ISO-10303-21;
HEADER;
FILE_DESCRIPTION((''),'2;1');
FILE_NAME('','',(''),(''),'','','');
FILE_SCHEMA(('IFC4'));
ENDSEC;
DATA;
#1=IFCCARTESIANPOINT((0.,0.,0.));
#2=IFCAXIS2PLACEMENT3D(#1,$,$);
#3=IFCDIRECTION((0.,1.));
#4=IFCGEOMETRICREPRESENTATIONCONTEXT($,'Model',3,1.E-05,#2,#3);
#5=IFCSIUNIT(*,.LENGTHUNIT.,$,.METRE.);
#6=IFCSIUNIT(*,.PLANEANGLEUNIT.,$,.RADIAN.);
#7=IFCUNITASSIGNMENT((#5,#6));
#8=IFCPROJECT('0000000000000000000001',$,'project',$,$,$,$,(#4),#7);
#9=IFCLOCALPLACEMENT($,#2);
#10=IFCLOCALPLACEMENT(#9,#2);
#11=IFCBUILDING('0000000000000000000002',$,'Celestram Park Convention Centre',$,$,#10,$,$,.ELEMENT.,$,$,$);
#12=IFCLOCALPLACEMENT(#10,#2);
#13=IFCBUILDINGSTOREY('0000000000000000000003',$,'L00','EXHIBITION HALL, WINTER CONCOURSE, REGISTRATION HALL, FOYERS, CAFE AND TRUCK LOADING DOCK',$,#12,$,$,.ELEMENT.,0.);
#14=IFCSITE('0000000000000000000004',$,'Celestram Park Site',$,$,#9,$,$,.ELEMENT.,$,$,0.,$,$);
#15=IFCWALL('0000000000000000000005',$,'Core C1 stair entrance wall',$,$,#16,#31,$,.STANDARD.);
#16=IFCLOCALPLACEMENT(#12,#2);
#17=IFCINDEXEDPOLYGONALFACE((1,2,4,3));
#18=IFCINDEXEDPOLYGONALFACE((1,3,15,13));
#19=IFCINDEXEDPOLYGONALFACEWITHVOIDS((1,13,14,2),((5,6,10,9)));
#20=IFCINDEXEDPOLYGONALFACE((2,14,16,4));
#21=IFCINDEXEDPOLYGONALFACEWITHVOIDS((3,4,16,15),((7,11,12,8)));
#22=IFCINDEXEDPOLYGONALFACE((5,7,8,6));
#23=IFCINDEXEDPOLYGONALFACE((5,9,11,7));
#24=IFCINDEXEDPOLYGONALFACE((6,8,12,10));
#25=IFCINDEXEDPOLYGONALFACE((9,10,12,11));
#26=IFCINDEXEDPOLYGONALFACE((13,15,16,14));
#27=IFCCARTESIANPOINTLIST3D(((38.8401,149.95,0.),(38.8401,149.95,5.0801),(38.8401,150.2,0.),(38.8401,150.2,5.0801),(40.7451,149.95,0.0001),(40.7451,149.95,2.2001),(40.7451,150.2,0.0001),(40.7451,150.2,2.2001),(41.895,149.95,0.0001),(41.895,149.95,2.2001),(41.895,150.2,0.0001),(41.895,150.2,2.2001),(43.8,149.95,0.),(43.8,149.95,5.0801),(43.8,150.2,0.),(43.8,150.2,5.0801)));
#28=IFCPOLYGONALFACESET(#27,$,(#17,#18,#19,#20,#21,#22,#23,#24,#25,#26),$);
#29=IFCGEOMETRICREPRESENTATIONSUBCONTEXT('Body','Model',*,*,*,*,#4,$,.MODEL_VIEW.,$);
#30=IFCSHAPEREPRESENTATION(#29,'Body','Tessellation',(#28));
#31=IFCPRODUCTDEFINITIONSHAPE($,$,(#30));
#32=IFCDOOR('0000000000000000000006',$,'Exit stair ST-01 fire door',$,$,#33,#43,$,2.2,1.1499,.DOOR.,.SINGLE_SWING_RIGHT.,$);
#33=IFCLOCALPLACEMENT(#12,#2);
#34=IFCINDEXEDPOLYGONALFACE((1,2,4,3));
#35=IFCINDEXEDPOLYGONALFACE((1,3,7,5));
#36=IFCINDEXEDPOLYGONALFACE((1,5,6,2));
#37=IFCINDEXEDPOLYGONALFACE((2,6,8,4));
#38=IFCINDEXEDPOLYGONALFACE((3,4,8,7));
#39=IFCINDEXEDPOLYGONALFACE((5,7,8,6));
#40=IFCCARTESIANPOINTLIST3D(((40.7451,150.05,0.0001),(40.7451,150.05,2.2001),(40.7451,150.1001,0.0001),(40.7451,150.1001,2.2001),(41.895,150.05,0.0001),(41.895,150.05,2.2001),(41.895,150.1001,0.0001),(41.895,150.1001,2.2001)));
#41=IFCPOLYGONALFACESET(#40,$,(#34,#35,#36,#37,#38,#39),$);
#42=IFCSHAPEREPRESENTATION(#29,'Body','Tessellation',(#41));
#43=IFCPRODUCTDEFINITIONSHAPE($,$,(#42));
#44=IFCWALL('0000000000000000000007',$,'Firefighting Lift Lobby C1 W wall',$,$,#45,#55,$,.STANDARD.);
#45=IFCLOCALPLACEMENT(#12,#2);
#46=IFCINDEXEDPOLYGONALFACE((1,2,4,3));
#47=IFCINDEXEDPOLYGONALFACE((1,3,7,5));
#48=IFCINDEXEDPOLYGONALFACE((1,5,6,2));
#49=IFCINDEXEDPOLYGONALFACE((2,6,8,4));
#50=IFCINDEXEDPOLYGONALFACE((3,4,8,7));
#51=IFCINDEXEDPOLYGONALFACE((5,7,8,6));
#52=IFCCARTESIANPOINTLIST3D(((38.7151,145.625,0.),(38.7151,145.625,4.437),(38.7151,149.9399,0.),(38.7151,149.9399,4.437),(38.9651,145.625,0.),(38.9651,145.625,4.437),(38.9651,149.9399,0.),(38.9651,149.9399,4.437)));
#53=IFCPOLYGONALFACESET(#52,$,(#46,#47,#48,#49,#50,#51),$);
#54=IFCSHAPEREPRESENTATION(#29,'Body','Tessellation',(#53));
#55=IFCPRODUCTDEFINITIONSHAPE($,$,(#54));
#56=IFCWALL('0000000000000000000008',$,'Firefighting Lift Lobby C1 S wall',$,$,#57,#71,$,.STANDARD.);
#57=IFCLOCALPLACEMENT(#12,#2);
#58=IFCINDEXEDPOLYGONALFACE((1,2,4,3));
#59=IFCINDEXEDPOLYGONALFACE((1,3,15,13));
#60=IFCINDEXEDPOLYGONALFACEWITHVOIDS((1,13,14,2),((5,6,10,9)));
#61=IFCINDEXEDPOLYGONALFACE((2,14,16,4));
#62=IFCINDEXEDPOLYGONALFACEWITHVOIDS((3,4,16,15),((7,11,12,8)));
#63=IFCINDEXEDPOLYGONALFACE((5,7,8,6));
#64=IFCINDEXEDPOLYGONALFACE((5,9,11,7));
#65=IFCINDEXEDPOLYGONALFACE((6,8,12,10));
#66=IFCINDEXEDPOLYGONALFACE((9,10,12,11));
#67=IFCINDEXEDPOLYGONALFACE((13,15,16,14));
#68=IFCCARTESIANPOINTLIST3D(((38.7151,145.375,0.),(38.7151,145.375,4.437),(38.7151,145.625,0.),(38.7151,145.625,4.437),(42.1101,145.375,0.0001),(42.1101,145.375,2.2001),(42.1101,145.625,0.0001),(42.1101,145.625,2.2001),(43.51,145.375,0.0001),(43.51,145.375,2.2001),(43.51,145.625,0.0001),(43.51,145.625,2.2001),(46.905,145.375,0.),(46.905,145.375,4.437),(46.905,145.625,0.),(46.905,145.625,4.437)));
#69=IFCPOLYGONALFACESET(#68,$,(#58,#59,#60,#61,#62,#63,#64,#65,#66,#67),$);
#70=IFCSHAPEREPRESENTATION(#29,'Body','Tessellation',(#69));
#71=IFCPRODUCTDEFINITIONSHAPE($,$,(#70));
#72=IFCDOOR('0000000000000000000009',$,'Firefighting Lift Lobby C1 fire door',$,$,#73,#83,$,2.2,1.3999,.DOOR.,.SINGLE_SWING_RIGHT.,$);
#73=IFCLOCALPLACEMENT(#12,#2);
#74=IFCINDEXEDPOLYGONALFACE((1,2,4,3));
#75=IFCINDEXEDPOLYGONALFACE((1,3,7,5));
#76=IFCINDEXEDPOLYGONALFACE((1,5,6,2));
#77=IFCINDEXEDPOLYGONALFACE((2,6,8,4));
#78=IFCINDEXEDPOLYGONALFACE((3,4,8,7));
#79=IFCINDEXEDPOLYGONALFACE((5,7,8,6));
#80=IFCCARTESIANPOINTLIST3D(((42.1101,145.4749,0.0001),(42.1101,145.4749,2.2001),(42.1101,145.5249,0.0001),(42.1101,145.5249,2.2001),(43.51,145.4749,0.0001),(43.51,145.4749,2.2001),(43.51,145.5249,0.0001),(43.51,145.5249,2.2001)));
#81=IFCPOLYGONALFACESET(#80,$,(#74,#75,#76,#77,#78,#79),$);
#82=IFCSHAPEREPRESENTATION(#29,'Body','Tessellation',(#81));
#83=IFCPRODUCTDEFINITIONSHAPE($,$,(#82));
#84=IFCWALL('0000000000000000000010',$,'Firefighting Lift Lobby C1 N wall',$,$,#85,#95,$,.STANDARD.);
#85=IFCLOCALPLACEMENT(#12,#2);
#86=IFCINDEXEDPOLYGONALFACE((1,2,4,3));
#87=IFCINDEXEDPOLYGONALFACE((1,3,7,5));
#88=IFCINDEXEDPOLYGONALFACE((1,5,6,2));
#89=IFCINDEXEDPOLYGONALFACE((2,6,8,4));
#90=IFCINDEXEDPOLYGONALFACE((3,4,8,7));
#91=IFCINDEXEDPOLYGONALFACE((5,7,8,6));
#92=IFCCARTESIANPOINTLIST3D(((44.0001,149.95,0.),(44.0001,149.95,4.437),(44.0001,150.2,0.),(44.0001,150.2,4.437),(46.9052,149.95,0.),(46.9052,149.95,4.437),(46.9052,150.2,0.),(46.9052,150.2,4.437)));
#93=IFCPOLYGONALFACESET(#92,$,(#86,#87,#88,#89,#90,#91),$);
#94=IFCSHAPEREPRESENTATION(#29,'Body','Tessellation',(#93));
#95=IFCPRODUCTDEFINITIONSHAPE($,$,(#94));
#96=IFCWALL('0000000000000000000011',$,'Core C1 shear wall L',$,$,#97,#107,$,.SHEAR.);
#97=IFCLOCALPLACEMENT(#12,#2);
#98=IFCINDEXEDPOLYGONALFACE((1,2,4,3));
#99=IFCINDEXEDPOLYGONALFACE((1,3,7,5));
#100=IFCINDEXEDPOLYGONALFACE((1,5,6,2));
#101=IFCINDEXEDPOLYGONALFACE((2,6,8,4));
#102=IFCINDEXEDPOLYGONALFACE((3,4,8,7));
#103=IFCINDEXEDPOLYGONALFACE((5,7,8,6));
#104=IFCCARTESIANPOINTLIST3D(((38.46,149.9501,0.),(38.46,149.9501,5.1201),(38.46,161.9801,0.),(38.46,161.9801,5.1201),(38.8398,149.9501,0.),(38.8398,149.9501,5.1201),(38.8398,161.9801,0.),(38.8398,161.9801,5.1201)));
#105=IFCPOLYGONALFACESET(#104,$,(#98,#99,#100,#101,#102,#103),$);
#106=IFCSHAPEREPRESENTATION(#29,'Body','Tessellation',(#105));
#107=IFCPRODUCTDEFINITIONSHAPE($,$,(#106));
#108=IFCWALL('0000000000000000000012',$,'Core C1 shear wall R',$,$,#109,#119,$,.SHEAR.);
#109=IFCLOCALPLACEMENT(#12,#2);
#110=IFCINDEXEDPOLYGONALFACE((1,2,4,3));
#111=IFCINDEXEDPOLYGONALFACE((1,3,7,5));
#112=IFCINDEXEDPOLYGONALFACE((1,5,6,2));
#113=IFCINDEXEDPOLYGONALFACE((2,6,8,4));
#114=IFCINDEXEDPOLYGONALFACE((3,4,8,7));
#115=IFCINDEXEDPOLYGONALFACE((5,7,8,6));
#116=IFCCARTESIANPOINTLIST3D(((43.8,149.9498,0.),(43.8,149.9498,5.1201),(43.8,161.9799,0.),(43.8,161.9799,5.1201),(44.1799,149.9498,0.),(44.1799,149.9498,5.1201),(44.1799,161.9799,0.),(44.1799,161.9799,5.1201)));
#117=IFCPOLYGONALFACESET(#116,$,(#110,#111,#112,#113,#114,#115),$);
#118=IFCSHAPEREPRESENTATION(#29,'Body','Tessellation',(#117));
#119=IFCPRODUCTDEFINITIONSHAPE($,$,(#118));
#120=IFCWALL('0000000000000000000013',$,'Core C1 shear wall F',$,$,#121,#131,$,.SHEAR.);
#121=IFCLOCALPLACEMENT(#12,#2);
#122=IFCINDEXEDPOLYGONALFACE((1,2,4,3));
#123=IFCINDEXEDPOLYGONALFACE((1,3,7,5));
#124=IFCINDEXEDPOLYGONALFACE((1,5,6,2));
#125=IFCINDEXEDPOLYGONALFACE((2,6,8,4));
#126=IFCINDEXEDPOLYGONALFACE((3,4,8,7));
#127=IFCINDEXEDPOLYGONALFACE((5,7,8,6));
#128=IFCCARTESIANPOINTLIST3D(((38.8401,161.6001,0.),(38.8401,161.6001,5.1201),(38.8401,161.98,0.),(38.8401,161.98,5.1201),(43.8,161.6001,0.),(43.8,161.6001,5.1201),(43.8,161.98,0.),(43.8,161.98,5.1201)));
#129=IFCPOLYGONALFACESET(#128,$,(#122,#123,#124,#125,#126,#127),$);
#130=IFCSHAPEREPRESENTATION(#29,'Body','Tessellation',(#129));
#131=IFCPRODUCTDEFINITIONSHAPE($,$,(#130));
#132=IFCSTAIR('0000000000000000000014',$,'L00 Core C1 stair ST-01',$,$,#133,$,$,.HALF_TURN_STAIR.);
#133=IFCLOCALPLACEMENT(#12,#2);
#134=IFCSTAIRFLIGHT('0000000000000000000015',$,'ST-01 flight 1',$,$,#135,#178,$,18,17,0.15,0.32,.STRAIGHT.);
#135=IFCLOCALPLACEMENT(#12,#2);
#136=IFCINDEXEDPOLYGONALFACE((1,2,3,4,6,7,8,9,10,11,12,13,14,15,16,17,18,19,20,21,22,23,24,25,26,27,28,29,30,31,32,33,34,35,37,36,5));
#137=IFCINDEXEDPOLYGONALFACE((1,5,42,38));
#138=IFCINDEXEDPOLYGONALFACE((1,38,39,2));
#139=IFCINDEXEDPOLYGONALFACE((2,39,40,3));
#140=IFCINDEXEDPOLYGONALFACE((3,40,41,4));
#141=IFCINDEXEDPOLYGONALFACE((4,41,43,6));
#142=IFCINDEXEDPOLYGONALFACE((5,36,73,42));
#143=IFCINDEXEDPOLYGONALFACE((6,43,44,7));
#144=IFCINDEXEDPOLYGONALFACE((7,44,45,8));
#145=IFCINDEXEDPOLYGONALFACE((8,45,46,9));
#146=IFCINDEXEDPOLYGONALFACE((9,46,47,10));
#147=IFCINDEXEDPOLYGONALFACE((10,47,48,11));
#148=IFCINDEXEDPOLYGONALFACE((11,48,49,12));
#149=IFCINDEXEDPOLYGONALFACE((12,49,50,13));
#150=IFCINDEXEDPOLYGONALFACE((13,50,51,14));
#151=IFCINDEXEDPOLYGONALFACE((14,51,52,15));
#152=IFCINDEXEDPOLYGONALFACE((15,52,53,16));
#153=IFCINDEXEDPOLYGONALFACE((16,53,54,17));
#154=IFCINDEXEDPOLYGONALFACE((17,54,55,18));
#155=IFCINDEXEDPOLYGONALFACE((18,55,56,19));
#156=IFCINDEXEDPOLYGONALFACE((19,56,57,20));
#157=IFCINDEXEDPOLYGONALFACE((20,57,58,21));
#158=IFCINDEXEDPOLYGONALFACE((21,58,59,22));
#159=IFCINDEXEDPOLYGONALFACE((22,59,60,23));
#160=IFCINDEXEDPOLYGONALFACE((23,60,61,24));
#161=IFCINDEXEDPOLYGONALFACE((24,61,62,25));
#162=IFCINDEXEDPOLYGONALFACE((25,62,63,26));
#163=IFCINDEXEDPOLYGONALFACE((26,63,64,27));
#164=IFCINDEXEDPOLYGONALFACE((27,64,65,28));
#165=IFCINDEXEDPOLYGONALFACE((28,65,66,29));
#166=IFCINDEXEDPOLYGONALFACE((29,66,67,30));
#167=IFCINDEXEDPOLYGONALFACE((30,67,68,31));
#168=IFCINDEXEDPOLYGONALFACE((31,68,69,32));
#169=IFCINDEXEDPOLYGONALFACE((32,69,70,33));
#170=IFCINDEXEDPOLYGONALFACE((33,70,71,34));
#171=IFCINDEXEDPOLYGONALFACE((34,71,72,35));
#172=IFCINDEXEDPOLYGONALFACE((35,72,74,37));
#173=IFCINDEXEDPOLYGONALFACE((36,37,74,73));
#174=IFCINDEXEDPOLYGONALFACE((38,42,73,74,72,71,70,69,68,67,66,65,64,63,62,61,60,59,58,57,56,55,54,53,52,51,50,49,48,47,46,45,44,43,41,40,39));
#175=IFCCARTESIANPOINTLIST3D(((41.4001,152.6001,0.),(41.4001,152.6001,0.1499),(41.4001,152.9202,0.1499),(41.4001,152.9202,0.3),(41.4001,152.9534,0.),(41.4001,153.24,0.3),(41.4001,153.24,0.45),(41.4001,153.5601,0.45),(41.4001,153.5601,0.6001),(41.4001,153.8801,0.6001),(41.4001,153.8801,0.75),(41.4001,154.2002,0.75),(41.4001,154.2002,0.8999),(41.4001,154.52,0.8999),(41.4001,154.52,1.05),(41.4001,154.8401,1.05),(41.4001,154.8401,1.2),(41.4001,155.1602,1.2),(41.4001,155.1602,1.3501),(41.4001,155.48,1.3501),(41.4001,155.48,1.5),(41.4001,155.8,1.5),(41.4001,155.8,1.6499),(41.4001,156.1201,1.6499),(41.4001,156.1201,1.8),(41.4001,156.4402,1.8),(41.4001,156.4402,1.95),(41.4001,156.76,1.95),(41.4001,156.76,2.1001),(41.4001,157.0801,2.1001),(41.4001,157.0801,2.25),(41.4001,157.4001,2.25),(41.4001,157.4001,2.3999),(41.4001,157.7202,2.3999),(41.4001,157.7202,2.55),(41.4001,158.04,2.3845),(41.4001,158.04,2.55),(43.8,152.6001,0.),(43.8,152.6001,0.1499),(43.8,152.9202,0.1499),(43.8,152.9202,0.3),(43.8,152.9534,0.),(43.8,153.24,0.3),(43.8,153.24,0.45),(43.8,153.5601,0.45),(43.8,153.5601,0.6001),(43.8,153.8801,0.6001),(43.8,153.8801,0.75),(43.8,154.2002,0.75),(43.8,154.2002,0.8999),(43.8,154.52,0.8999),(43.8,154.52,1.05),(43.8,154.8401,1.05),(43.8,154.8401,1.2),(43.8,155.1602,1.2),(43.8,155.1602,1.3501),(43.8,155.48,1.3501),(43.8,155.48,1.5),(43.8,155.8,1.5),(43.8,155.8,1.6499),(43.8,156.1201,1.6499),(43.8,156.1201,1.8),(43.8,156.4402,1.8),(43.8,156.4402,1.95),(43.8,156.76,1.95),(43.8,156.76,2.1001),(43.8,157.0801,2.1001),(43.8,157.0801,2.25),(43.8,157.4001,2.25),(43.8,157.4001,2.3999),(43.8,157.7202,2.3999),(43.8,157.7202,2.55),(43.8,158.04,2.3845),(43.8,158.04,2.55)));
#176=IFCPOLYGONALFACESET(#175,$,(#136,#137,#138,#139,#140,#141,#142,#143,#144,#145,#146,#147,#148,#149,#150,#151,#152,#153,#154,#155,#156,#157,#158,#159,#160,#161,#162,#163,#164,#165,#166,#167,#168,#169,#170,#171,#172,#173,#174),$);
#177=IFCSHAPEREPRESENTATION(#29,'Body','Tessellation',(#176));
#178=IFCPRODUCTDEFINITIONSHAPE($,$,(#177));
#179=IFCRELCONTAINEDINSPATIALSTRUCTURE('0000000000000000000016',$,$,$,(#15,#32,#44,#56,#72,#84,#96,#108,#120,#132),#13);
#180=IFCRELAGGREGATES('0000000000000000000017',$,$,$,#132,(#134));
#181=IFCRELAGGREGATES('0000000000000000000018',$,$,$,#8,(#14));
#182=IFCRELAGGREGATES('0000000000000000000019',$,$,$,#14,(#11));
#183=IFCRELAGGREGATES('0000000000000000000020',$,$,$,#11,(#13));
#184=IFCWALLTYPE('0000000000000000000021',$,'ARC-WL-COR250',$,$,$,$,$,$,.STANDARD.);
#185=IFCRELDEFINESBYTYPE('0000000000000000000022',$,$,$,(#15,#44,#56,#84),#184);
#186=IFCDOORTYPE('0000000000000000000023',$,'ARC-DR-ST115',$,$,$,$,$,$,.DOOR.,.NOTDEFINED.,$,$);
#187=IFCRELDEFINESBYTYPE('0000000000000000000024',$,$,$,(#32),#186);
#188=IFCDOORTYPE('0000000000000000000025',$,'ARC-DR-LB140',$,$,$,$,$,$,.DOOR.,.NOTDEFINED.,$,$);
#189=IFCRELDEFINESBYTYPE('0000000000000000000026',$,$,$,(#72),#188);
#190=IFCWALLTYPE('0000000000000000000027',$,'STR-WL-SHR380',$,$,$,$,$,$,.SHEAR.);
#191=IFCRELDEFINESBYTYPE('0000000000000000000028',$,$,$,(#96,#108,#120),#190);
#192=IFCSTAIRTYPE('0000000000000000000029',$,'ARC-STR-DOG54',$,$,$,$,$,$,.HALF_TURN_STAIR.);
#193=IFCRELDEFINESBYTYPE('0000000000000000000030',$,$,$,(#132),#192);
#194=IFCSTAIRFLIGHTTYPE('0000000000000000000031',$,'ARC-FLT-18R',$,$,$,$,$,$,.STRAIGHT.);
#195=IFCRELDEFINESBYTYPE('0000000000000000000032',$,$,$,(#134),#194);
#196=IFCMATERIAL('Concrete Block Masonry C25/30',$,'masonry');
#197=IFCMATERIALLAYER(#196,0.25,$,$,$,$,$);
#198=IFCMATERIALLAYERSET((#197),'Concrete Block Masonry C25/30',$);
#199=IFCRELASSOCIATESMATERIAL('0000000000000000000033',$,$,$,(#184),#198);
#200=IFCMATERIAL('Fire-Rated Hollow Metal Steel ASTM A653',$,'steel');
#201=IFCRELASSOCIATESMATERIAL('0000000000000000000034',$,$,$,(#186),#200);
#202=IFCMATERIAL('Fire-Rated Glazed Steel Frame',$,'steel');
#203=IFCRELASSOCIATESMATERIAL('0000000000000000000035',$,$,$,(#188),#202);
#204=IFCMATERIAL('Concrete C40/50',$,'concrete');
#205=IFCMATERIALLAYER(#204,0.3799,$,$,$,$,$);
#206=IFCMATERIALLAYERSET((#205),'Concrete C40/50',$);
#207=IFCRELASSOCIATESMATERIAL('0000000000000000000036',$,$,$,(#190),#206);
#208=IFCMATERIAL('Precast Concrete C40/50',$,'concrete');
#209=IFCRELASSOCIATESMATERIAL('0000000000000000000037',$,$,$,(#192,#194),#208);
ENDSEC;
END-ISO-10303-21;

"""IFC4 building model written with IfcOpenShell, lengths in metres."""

from ifc_helpers import new_model, si_unit, direction, frame, frame_2d, origin, place, context, subcontext, project, spatial, polyline, rectangle, outline, extrude, material, layer, layer_set, type_object, element, fill, aggregate, save


model = new_model("IFC4")

# Units and contexts
model_context = context("Model", 3, precision=1e-05, world=origin(), true_north=direction((0.0, 1.0)))
body_context = subcontext(model_context, "Body", "Model", "MODEL_VIEW")
ifc_project = project(units=[si_unit("LENGTHUNIT", "METRE"), si_unit("PLANEANGLEUNIT", "RADIAN")], contexts=[model_context])

# Site, building, storey
site_placement = place(None, origin())
site = spatial("IfcSite", under=ifc_project, at=site_placement, Name="Celestram Park Site", CompositionType="ELEMENT", RefElevation=0.0)
building_placement = place(site_placement, origin())
building = spatial("IfcBuilding", under=site, at=building_placement, Name="Celestram Park Convention Centre", CompositionType="ELEMENT")
storey_placement = place(building_placement, origin())
storey = spatial("IfcBuildingStorey", under=building, at=storey_placement, Name="L00", Description="EXHIBITION HALL, WINTER CONCOURSE, REGISTRATION HALL, FOYERS, CAFE AND TRUCK LOADING DOCK", CompositionType="ELEMENT", Elevation=0.0)

# Shared definitions
ifc_material_1 = material(Name="Concrete C40/50", Category="concrete")

# Wall, opening, door
ifc_material_2 = material(Name="Concrete Block Masonry C25/30", Category="masonry")
ifc_layer_1 = layer(ifc_material_2, 0.25)
ifc_layer_set_1 = layer_set([ifc_layer_1], Name="Concrete Block Masonry C25/30")
wall_type_1 = type_object("IfcWallType", Name="ARC-WL-COR250", PredefinedType="STANDARD", material=ifc_layer_set_1)
wall_1_placement = place(storey_placement, frame((43.8, 150.075, 0.0), z_axis=(0.0, 0.0, 1.0), x_axis=(-1.0, 0.0, 0.0)))
wall_1 = element("IfcWall", 1, at=wall_1_placement, inside=storey, type_object=wall_type_1, Name="Core C1 stair entrance wall", PredefinedType="STANDARD", context=body_context, shape_type="SweptSolid", body=[
    extrude(rectangle(XDim=4.96, YDim=0.25, at=frame_2d((2.48, 0.0))), origin(), (0.0, 0.0, 1.0), 5.0801),
])
opening_1_placement = place(wall_1_placement, frame((1.905, 0.0, 0.0)))
opening_1 = element("IfcOpeningElement", 2, at=opening_1_placement, cuts=wall_1, PredefinedType="OPENING", context=body_context, shape_type="SweptSolid", body=[
    extrude(rectangle(XDim=1.1499, YDim=2.2, at=frame_2d((0.575, 1.1001))), frame((0.0, 0.135, 0.0), z_axis=(0.0, -1.0, 0.0), x_axis=(1.0, 0.0, 0.0)), (0.0, 0.0, 1.0), 0.27),
])
ifc_material_3 = material(Name="Fire-Rated Hollow Metal Steel ASTM A653", Category="steel")
door_type_1 = type_object("IfcDoorType", Name="ARC-DR-ST115", OperationType="NOTDEFINED", PredefinedType="DOOR", material=ifc_material_3)
door_1_placement = place(opening_1_placement, origin())
door_1 = element("IfcDoor", 3, at=door_1_placement, inside=storey, type_object=door_type_1, Name="Exit stair ST-01 fire door", OperationType="SINGLE_SWING_RIGHT", OverallHeight=2.2, OverallWidth=1.1499, PredefinedType="DOOR", context=body_context, shape_type="SweptSolid", body=[
    extrude(rectangle(XDim=1.1499, YDim=2.2, at=frame_2d((0.575, 1.1001))), frame((0.0, 0.0249, 0.0), z_axis=(0.0, -1.0, 0.0), x_axis=(1.0, 0.0, 0.0)), (0.0, 0.0, 1.0), 0.05),
])
fill(opening_1, door_1)

# Wall
wall_2_placement = place(storey_placement, frame((38.8401, 149.9399, 0.0), z_axis=(0.0, 0.0, 1.0), x_axis=(0.0, -1.0, 0.0)))
element("IfcWall", 4, at=wall_2_placement, inside=storey, type_object=wall_type_1, Name="Firefighting Lift Lobby C1 W wall", PredefinedType="STANDARD", context=body_context, shape_type="SweptSolid", body=[
    extrude(rectangle(XDim=4.3149, YDim=0.25, at=frame_2d((2.1575, 0.0))), origin(), (0.0, 0.0, 1.0), 4.437),
])

# Wall, opening, door
wall_3_placement = place(storey_placement, frame((38.7151, 145.5, 0.0), z_axis=(0.0, 0.0, 1.0), x_axis=(1.0, 0.0, 0.0)))
wall_3 = element("IfcWall", 5, at=wall_3_placement, inside=storey, type_object=wall_type_1, Name="Firefighting Lift Lobby C1 S wall", PredefinedType="STANDARD", context=body_context, shape_type="SweptSolid", body=[
    extrude(rectangle(XDim=8.1899, YDim=0.25, at=frame_2d((4.095, 0.0))), origin(), (0.0, 0.0, 1.0), 4.437),
])
opening_2_placement = place(wall_3_placement, frame((3.395, 0.0, 0.0)))
opening_2 = element("IfcOpeningElement", 6, at=opening_2_placement, cuts=wall_3, PredefinedType="OPENING", context=body_context, shape_type="SweptSolid", body=[
    extrude(rectangle(XDim=1.3999, YDim=2.2, at=frame_2d((0.7, 1.1001))), frame((0.0, 0.135, 0.0), z_axis=(0.0, -1.0, 0.0), x_axis=(1.0, 0.0, 0.0)), (0.0, 0.0, 1.0), 0.27),
])
ifc_material_4 = material(Name="Fire-Rated Glazed Steel Frame", Category="steel")
door_type_2 = type_object("IfcDoorType", Name="ARC-DR-LB140", OperationType="NOTDEFINED", PredefinedType="DOOR", material=ifc_material_4)
door_2_placement = place(opening_2_placement, origin())
door_2 = element("IfcDoor", 7, at=door_2_placement, inside=storey, type_object=door_type_2, Name="Firefighting Lift Lobby C1 fire door", OperationType="SINGLE_SWING_RIGHT", OverallHeight=2.2, OverallWidth=1.3999, PredefinedType="DOOR", context=body_context, shape_type="SweptSolid", body=[
    extrude(rectangle(XDim=1.3999, YDim=2.2, at=frame_2d((0.7, 1.1001))), frame((0.0, 0.0249, 0.0), z_axis=(0.0, -1.0, 0.0), x_axis=(1.0, 0.0, 0.0)), (0.0, 0.0, 1.0), 0.05),
])
fill(opening_2, door_2)

# Wall
wall_4_placement = place(storey_placement, frame((44.0, 150.075, 0.0), z_axis=(0.0, 0.0, 1.0), x_axis=(1.0, 0.0, 0.0)))
element("IfcWall", 8, at=wall_4_placement, inside=storey, type_object=wall_type_1, Name="Firefighting Lift Lobby C1 N wall", PredefinedType="STANDARD", context=body_context, shape_type="SweptSolid", body=[
    extrude(rectangle(XDim=2.905, YDim=0.25, at=frame_2d((1.4526, 0.0))), origin(), (0.0, 0.0, 1.0), 4.437),
])

# Shared definitions
ifc_material_5 = material(Name="Precast Concrete C40/50", Category="concrete")

# Walls
ifc_layer_2 = layer(ifc_material_1, 0.3799)
ifc_layer_set_2 = layer_set([ifc_layer_2], Name="Concrete C40/50")
wall_type_2 = type_object("IfcWallType", Name="STR-WL-SHR380", PredefinedType="SHEAR", material=ifc_layer_set_2)
for number, where, z_axis, x_axis, name in (
    (9, (38.6499, 149.95, 0.0), (0.0, 0.0, 1.0), (0.0, 1.0, 0.0), "Core C1 shear wall L"),
    (10, (43.99, 161.98, 0.0), (0.0, 0.0, 1.0), (0.0, -1.0, 0.0), "Core C1 shear wall R"),
):
    element("IfcWall", number, at=place(storey_placement, frame(where, z_axis=z_axis, x_axis=x_axis)), inside=storey, type_object=wall_type_2, Name=name, PredefinedType="SHEAR", context=body_context, shape_type="SweptSolid", body=[
        extrude(rectangle(XDim=12.03, YDim=0.3799, at=frame_2d((6.0151, 0.0))), origin(), (0.0, 0.0, 1.0), 5.1201),
    ])
wall_5_placement = place(storey_placement, frame((38.8401, 161.79, 0.0), z_axis=(0.0, 0.0, 1.0), x_axis=(1.0, 0.0, 0.0)))
element("IfcWall", 11, at=wall_5_placement, inside=storey, type_object=wall_type_2, Name="Core C1 shear wall F", PredefinedType="SHEAR", context=body_context, shape_type="SweptSolid", body=[
    extrude(rectangle(XDim=4.96, YDim=0.3799, at=frame_2d((2.48, 0.0))), origin(), (0.0, 0.0, 1.0), 5.1201),
])

# Stair, stair flight
stair_type = type_object("IfcStairType", Name="ARC-STR-DOG54", PredefinedType="HALF_TURN_STAIR", material=ifc_material_5)
stair_placement = place(storey_placement, origin())
stair = element("IfcStair", 12, at=stair_placement, inside=storey, type_object=stair_type, Name="L00 Core C1 stair ST-01", PredefinedType="HALF_TURN_STAIR")
stair_flight_type = type_object("IfcStairFlightType", Name="ARC-FLT-18R", PredefinedType="STRAIGHT", material=ifc_material_5)
stair_flight_1_placement = place(storey_placement, frame((42.6001, 152.6001, 0.0), z_axis=(0.0, 0.0, 1.0), x_axis=(0.0, 1.0, 0.0)))
stair_flight_1 = element("IfcStairFlight", 13, at=stair_flight_1_placement, type_object=stair_flight_type, Name="ST-01 flight 1", NumberOfRisers=18, NumberOfTreads=17, PredefinedType="STRAIGHT", RiserHeight=0.15, TreadLength=0.32, context=body_context, shape_type="SweptSolid", body=[
    extrude(outline(polyline([(0.0, 0.0), (0.0, 0.1499), (0.3201, 0.1499), (0.3201, 0.3), (0.6399, 0.3), (0.6399, 0.45), (0.96, 0.45), (0.96, 0.6001), (1.28, 0.6001), (1.28, 0.75), (1.6001, 0.75), (1.6001, 0.8999), (1.9199, 0.8999), (1.9199, 1.05), (2.24, 1.05), (2.24, 1.2), (2.5601, 1.2), (2.5601, 1.3501), (2.8799, 1.3501), (2.8799, 1.5), (3.2, 1.5), (3.2, 1.6499), (3.52, 1.6499), (3.52, 1.8), (3.8401, 1.8), (3.8401, 1.95), (4.1599, 1.95), (4.1599, 2.1001), (4.48, 2.1001), (4.48, 2.25), (4.8, 2.25), (4.8, 2.3999), (5.1201, 2.3999), (5.1201, 2.55), (5.4399, 2.55), (5.4399, 2.7), (5.4399, 2.3845), (0.3533, 0.0), (0.0, 0.0)])), frame((0.0, 1.2, 0.0), z_axis=(0.0, -1.0, 0.0), x_axis=(1.0, 0.0, 0.0)), (0.0, 0.0, 1.0), 2.3999),
])
aggregate(stair, [stair_flight_1])

save(model, "model.ifc")
